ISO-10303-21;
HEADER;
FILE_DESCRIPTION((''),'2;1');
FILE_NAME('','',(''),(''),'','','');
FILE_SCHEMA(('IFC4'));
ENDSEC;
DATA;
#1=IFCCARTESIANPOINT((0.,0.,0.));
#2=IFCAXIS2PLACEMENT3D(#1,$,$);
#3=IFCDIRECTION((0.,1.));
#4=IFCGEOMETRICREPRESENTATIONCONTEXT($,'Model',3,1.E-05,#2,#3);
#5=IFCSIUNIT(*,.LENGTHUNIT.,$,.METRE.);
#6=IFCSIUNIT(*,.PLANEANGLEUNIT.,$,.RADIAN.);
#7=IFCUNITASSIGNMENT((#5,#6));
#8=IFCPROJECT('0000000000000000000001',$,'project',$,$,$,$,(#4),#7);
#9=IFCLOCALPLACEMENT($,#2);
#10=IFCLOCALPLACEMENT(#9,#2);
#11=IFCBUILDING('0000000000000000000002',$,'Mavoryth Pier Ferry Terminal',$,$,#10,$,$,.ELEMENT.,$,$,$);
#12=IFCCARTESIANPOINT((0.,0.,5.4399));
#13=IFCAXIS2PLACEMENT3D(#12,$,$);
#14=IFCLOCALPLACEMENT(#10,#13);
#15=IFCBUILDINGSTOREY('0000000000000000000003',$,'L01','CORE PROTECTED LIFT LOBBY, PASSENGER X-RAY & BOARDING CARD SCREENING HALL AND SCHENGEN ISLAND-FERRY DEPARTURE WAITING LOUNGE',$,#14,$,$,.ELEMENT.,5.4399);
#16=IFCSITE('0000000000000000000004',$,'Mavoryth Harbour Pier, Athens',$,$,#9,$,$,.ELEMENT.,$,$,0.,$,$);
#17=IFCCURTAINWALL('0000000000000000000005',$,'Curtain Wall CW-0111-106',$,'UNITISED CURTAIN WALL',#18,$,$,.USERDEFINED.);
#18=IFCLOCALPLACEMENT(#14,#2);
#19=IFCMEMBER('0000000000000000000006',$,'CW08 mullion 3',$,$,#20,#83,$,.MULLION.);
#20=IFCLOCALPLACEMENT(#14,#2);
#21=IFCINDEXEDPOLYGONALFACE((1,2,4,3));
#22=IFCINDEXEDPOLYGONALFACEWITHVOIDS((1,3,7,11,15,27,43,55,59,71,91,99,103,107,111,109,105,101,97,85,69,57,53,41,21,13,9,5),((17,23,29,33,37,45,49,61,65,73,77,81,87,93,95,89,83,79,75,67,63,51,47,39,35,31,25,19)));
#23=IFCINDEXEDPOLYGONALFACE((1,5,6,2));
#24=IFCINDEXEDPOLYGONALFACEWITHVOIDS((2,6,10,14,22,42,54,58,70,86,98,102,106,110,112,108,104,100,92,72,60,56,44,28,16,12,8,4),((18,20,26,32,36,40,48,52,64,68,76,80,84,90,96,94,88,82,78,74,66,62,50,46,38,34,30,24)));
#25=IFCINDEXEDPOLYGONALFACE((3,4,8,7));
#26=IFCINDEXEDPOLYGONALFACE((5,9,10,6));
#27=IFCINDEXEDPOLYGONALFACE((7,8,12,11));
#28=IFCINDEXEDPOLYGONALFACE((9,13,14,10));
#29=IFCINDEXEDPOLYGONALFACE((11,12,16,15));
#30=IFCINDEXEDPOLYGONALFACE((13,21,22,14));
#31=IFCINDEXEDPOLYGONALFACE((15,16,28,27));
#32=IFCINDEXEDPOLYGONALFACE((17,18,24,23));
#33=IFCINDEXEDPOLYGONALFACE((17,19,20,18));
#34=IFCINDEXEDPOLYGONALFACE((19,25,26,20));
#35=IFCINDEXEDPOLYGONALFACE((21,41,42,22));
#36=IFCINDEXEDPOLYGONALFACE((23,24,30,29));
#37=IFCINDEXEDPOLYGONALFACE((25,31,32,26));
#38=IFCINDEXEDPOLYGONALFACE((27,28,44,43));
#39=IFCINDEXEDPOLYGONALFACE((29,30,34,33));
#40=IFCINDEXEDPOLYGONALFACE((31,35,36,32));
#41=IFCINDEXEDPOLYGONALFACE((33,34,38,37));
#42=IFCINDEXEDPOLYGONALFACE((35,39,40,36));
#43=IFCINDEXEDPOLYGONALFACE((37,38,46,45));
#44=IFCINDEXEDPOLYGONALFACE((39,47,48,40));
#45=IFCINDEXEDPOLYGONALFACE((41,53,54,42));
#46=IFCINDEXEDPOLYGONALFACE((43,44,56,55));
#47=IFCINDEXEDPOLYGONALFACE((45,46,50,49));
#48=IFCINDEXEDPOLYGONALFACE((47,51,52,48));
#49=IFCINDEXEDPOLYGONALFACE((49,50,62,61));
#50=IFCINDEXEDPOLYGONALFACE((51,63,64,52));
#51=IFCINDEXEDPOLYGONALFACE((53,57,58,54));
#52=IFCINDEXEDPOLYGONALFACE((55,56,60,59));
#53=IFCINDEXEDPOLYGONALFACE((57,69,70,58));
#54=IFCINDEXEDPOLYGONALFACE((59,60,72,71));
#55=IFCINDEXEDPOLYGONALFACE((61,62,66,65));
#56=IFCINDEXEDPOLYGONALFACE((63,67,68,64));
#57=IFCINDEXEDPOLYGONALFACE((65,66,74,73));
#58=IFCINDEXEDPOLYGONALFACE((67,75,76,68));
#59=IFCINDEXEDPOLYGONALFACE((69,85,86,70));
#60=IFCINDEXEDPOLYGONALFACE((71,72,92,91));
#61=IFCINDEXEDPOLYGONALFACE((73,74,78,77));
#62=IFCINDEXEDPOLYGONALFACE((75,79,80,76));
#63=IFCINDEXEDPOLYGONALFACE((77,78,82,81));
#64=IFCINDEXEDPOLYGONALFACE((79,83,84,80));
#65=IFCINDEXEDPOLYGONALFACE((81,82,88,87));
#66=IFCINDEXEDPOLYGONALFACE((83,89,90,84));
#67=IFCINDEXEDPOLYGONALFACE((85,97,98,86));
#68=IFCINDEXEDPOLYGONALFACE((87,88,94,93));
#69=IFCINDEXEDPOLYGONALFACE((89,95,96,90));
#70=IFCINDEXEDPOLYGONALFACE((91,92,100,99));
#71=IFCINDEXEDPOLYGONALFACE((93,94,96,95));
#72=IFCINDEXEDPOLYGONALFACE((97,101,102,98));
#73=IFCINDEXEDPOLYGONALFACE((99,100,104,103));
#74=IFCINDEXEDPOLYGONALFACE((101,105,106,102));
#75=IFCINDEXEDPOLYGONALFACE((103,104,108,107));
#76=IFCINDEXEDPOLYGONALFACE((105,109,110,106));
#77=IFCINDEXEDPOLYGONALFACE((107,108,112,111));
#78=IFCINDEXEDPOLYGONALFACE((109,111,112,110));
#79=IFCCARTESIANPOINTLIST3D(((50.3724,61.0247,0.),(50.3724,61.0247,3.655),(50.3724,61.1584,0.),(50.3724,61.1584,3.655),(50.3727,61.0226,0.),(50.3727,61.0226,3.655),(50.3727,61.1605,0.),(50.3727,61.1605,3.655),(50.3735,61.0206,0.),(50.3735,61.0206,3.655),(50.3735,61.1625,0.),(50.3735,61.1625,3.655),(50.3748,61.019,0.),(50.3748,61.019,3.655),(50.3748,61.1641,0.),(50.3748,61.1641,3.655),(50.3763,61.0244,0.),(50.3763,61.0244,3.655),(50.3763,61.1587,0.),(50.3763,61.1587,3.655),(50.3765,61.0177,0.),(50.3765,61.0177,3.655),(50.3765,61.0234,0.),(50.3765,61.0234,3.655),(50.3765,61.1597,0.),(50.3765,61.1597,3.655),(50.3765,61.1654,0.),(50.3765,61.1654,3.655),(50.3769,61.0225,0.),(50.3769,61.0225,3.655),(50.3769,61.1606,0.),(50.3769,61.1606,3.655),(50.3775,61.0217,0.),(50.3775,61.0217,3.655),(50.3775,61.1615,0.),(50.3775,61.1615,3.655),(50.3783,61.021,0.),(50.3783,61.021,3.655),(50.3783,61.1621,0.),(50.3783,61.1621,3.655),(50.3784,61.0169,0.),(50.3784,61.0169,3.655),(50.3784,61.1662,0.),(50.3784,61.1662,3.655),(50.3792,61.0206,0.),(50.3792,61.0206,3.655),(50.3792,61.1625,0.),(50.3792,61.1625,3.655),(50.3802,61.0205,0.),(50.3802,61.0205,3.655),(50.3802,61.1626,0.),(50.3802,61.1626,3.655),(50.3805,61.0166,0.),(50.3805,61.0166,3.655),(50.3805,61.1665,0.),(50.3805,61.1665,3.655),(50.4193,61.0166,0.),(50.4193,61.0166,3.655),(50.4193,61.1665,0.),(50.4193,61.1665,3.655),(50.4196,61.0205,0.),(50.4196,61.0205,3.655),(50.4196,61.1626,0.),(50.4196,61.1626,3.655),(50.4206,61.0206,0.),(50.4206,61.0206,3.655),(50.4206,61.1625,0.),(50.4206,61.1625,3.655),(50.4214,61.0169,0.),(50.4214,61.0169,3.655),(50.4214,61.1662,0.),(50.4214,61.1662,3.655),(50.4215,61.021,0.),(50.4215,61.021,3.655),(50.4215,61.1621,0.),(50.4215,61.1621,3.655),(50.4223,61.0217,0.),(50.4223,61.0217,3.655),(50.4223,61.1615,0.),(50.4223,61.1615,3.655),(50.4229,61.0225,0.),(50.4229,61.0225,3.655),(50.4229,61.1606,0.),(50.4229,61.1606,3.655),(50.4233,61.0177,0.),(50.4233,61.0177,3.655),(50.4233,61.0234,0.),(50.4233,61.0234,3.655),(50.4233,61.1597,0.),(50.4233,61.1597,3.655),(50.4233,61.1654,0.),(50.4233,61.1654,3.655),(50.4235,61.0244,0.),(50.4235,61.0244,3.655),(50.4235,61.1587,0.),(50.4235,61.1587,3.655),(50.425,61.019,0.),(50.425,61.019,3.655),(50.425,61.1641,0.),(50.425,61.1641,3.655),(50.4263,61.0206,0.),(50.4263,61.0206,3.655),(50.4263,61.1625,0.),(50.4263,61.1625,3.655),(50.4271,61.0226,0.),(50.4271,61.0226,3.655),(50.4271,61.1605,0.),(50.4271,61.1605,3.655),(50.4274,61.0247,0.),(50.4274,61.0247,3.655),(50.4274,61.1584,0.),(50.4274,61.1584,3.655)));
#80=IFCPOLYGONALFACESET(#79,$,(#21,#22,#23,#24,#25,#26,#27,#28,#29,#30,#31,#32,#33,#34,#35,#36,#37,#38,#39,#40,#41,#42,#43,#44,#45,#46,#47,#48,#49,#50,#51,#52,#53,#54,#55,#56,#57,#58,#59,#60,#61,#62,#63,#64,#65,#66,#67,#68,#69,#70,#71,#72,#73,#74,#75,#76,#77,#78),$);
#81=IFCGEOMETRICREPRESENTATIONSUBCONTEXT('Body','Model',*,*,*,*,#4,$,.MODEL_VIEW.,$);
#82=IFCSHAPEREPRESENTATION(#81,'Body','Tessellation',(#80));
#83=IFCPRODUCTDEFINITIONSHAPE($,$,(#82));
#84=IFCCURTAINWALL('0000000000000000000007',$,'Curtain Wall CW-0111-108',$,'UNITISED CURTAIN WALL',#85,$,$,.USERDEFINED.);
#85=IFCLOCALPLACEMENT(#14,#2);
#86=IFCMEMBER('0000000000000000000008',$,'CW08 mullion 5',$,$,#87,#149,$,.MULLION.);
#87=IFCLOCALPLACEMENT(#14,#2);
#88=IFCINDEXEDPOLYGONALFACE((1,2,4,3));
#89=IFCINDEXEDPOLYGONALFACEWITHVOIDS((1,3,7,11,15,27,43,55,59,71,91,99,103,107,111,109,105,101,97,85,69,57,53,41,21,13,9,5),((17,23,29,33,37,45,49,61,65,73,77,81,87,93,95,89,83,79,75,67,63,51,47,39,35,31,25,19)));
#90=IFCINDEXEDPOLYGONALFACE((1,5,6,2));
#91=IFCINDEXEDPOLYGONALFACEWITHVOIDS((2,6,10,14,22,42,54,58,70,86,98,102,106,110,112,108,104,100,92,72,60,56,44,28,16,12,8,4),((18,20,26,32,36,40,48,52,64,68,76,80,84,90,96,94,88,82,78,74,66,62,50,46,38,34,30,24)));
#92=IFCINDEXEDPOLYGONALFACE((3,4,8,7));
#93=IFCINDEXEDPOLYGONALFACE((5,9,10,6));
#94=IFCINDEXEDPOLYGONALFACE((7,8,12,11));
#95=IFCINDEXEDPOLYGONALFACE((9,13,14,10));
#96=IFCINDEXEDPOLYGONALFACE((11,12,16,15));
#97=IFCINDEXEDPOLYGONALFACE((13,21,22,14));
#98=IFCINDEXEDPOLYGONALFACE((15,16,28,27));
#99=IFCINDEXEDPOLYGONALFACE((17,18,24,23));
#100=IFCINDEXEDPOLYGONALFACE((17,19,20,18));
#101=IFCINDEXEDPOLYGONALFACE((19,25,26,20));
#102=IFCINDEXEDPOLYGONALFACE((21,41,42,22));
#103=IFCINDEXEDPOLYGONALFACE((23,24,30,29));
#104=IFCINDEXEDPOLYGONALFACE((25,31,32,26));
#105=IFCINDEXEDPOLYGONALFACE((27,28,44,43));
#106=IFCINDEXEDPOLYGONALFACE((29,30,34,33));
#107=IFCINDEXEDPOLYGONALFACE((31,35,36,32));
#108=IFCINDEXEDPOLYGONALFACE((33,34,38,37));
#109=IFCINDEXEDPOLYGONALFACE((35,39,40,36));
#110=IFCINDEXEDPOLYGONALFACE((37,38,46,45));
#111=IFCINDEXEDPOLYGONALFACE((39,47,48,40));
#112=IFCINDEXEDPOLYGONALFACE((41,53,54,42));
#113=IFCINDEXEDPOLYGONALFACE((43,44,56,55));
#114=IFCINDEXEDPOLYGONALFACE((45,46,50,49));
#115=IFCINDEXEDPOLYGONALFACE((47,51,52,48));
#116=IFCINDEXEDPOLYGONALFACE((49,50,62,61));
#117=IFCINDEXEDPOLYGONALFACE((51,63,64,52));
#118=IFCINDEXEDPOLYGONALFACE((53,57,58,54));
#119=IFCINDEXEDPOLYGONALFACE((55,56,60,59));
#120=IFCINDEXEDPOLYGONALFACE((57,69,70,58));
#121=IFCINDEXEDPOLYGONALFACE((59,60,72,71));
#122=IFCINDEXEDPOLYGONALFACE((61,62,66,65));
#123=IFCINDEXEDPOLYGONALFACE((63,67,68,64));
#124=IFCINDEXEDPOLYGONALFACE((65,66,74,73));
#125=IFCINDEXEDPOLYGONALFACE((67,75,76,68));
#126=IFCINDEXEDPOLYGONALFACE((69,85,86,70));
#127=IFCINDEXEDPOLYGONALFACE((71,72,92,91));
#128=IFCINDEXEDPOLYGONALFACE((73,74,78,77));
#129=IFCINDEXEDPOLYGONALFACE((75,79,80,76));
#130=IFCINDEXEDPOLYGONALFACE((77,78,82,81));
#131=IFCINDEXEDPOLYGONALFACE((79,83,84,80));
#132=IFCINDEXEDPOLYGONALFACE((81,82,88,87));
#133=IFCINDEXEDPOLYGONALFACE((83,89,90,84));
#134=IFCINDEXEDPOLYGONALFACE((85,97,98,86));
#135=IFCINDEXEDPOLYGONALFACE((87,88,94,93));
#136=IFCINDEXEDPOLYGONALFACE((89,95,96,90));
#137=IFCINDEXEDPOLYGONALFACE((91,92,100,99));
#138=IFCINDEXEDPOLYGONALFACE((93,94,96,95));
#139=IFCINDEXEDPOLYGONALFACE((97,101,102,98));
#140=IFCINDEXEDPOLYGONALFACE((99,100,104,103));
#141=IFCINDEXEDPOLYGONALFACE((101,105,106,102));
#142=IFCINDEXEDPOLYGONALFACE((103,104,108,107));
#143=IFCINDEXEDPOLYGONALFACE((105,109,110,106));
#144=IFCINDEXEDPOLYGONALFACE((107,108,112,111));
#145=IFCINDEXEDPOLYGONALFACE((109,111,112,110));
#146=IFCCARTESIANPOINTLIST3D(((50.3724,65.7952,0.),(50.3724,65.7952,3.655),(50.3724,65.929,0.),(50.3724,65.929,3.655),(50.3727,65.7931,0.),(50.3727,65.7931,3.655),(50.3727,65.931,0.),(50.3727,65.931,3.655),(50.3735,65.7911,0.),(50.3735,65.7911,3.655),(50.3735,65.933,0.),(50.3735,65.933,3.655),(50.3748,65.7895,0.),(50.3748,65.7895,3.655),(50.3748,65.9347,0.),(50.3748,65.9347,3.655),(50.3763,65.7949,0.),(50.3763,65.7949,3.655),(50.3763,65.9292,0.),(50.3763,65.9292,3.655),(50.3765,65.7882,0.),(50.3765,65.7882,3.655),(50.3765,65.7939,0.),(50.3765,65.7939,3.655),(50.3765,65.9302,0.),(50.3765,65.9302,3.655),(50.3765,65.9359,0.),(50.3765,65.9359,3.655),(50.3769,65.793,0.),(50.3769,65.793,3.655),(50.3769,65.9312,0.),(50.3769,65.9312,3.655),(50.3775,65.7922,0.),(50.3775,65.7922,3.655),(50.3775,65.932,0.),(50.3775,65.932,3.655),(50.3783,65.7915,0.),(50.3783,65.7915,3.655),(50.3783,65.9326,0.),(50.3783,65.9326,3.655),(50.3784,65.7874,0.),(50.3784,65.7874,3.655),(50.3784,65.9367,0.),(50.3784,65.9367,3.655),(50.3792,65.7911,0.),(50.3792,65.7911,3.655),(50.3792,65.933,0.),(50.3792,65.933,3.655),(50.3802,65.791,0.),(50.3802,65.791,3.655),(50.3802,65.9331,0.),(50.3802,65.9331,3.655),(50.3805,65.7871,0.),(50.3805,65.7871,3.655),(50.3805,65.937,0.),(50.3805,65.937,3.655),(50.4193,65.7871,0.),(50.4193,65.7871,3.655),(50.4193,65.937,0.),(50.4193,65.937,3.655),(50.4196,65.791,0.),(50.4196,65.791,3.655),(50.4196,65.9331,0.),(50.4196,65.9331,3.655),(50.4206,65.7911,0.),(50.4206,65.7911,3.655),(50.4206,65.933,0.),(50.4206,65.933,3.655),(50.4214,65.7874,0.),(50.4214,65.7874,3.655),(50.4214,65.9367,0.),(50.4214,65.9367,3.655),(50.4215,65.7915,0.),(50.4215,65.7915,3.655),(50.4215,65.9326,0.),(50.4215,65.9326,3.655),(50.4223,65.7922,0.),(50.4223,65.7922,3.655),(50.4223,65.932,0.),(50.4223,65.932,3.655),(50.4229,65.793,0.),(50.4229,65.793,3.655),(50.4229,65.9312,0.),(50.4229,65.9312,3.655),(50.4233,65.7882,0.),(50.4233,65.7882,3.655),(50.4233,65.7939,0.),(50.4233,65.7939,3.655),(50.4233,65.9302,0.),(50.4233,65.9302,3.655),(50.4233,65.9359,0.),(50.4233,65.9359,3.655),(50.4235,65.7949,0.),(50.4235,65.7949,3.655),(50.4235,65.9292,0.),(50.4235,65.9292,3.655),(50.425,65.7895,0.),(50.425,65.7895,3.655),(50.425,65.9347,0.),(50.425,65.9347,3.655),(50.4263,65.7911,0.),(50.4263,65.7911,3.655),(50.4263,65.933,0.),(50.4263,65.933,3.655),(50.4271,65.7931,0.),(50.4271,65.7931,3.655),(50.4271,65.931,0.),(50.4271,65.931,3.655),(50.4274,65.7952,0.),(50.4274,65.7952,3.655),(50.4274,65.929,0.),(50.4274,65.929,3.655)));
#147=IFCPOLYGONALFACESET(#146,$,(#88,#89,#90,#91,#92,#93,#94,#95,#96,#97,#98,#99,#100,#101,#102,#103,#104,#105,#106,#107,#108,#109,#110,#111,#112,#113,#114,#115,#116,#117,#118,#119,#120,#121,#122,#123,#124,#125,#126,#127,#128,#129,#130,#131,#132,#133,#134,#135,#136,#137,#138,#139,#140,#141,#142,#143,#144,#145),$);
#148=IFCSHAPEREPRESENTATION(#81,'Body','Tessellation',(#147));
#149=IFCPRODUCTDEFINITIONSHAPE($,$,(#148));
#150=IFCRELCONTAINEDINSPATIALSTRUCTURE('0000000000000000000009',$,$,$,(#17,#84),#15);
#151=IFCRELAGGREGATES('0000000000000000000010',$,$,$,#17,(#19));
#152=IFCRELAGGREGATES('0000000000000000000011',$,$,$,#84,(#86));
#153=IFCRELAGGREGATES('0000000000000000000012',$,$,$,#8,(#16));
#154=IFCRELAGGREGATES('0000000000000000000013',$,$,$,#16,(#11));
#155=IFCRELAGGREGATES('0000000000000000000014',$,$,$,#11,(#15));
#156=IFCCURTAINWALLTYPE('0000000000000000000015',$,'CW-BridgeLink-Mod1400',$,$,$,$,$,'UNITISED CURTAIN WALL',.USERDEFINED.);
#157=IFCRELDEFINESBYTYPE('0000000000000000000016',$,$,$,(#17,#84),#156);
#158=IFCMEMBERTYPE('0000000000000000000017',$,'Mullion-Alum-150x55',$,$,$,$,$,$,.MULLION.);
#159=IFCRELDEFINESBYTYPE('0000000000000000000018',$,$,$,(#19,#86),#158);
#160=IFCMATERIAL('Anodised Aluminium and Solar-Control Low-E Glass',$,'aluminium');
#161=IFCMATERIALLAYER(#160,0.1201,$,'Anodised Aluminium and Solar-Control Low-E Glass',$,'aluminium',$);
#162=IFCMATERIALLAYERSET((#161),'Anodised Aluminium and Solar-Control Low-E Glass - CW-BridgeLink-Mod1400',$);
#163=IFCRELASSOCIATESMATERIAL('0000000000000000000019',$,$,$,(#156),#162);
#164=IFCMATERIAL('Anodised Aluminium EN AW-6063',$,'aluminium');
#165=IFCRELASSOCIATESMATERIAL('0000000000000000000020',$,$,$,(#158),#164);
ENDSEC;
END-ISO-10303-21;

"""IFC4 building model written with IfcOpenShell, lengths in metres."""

from ifc_helpers import new_model, si_unit, direction, frame, origin, origin_2d, place, context, subcontext, project, spatial, hollow_rectangle, extrude, material, layer, layer_set, material_profile, profile_set, type_object, element, aggregate, save


model = new_model("IFC4")

# Units and contexts
model_context = context("Model", 3, precision=1e-05, world=origin(), true_north=direction((0.0, 1.0)))
body_context = subcontext(model_context, "Body", "Model", "MODEL_VIEW")
ifc_project = project(units=[si_unit("LENGTHUNIT", "METRE"), si_unit("PLANEANGLEUNIT", "RADIAN")], contexts=[model_context])

# Site, building, storey
site_placement = place(None, origin())
site = spatial("IfcSite", under=ifc_project, at=site_placement, Name="Mavoryth Harbour Pier, Athens", CompositionType="ELEMENT", RefElevation=0.0)
building_placement = place(site_placement, origin())
building = spatial("IfcBuilding", under=site, at=building_placement, Name="Mavoryth Pier Ferry Terminal", CompositionType="ELEMENT")
storey_placement = place(building_placement, frame((0.0, 0.0, 5.4399)))
storey = spatial("IfcBuildingStorey", under=building, at=storey_placement, Name="L01", Description="CORE PROTECTED LIFT LOBBY, PASSENGER X-RAY & BOARDING CARD SCREENING HALL AND SCHENGEN ISLAND-FERRY DEPARTURE WAITING LOUNGE", CompositionType="ELEMENT", Elevation=5.4399)

# Curtain walls, members
ifc_material_1 = material(Name="Anodised Aluminium and Solar-Control Low-E Glass", Category="aluminium")
ifc_layer_1 = layer(ifc_material_1, 0.1201, Name="Anodised Aluminium and Solar-Control Low-E Glass", Category="aluminium")
ifc_layer_set_1 = layer_set([ifc_layer_1], Name="Anodised Aluminium and Solar-Control Low-E Glass - CW-BridgeLink-Mod1400")
curtain_wall_type = type_object("IfcCurtainWallType", Name="CW-BridgeLink-Mod1400", ElementType="UNITISED CURTAIN WALL", PredefinedType="USERDEFINED", material=ifc_layer_set_1)
curtain_wall_1_placement = place(storey_placement, origin())
curtain_wall_1 = element("IfcCurtainWall", 1, at=curtain_wall_1_placement, inside=storey, type_object=curtain_wall_type, Name="Curtain Wall CW-0111-106", ObjectType="UNITISED CURTAIN WALL", PredefinedType="USERDEFINED")
ifc_material_2 = material(Name="Anodised Aluminium EN AW-6063", Category="aluminium")
ifc_material_profile_1 = material_profile(ifc_material_2, hollow_rectangle(XDim=0.0549, YDim=0.1499, WallThickness=0.0039, InnerFilletRadius=0.0039, OuterFilletRadius=0.0081, at=origin_2d()), Name="AL-MULL 150x55x4", Category="aluminium")
ifc_profile_set_1 = profile_set([ifc_material_profile_1], Name="Anodised Aluminium EN AW-6063 - AL-MULL 150x55x4")
member_type_1 = type_object("IfcMemberType", Name="Mullion-Alum-150x55", PredefinedType="MULLION", material=ifc_profile_set_1)
member_1_placement = place(storey_placement, frame((50.3999, 61.0916, 0.0), z_axis=(0.0, 0.0, 1.0), x_axis=(1.0, 0.0, 0.0)))
member_1 = element("IfcMember", 2, at=member_1_placement, type_object=member_type_1, Name="CW08 mullion 3", PredefinedType="MULLION", context=body_context, shape_type="SweptSolid", body=[
    extrude(hollow_rectangle(XDim=0.0549, YDim=0.1499, WallThickness=0.0039, InnerFilletRadius=0.0039, OuterFilletRadius=0.0081, at=origin_2d()), origin(), (0.0, 0.0, 1.0), 3.655),
])
curtain_wall_2_placement = place(storey_placement, origin())
curtain_wall_2 = element("IfcCurtainWall", 3, at=curtain_wall_2_placement, inside=storey, type_object=curtain_wall_type, Name="Curtain Wall CW-0111-108", ObjectType="UNITISED CURTAIN WALL", PredefinedType="USERDEFINED")
member_2_placement = place(storey_placement, frame((50.3999, 65.8621, 0.0), z_axis=(0.0, 0.0, 1.0), x_axis=(1.0, 0.0, 0.0)))
member_2 = element("IfcMember", 4, at=member_2_placement, type_object=member_type_1, Name="CW08 mullion 5", PredefinedType="MULLION", context=body_context, shape_type="SweptSolid", body=[
    extrude(hollow_rectangle(XDim=0.0549, YDim=0.1499, WallThickness=0.0039, InnerFilletRadius=0.0039, OuterFilletRadius=0.0081, at=origin_2d()), origin(), (0.0, 0.0, 1.0), 3.655),
])

aggregate(curtain_wall_1, [member_1])
aggregate(curtain_wall_2, [member_2])

save(model, "model.ifc")
